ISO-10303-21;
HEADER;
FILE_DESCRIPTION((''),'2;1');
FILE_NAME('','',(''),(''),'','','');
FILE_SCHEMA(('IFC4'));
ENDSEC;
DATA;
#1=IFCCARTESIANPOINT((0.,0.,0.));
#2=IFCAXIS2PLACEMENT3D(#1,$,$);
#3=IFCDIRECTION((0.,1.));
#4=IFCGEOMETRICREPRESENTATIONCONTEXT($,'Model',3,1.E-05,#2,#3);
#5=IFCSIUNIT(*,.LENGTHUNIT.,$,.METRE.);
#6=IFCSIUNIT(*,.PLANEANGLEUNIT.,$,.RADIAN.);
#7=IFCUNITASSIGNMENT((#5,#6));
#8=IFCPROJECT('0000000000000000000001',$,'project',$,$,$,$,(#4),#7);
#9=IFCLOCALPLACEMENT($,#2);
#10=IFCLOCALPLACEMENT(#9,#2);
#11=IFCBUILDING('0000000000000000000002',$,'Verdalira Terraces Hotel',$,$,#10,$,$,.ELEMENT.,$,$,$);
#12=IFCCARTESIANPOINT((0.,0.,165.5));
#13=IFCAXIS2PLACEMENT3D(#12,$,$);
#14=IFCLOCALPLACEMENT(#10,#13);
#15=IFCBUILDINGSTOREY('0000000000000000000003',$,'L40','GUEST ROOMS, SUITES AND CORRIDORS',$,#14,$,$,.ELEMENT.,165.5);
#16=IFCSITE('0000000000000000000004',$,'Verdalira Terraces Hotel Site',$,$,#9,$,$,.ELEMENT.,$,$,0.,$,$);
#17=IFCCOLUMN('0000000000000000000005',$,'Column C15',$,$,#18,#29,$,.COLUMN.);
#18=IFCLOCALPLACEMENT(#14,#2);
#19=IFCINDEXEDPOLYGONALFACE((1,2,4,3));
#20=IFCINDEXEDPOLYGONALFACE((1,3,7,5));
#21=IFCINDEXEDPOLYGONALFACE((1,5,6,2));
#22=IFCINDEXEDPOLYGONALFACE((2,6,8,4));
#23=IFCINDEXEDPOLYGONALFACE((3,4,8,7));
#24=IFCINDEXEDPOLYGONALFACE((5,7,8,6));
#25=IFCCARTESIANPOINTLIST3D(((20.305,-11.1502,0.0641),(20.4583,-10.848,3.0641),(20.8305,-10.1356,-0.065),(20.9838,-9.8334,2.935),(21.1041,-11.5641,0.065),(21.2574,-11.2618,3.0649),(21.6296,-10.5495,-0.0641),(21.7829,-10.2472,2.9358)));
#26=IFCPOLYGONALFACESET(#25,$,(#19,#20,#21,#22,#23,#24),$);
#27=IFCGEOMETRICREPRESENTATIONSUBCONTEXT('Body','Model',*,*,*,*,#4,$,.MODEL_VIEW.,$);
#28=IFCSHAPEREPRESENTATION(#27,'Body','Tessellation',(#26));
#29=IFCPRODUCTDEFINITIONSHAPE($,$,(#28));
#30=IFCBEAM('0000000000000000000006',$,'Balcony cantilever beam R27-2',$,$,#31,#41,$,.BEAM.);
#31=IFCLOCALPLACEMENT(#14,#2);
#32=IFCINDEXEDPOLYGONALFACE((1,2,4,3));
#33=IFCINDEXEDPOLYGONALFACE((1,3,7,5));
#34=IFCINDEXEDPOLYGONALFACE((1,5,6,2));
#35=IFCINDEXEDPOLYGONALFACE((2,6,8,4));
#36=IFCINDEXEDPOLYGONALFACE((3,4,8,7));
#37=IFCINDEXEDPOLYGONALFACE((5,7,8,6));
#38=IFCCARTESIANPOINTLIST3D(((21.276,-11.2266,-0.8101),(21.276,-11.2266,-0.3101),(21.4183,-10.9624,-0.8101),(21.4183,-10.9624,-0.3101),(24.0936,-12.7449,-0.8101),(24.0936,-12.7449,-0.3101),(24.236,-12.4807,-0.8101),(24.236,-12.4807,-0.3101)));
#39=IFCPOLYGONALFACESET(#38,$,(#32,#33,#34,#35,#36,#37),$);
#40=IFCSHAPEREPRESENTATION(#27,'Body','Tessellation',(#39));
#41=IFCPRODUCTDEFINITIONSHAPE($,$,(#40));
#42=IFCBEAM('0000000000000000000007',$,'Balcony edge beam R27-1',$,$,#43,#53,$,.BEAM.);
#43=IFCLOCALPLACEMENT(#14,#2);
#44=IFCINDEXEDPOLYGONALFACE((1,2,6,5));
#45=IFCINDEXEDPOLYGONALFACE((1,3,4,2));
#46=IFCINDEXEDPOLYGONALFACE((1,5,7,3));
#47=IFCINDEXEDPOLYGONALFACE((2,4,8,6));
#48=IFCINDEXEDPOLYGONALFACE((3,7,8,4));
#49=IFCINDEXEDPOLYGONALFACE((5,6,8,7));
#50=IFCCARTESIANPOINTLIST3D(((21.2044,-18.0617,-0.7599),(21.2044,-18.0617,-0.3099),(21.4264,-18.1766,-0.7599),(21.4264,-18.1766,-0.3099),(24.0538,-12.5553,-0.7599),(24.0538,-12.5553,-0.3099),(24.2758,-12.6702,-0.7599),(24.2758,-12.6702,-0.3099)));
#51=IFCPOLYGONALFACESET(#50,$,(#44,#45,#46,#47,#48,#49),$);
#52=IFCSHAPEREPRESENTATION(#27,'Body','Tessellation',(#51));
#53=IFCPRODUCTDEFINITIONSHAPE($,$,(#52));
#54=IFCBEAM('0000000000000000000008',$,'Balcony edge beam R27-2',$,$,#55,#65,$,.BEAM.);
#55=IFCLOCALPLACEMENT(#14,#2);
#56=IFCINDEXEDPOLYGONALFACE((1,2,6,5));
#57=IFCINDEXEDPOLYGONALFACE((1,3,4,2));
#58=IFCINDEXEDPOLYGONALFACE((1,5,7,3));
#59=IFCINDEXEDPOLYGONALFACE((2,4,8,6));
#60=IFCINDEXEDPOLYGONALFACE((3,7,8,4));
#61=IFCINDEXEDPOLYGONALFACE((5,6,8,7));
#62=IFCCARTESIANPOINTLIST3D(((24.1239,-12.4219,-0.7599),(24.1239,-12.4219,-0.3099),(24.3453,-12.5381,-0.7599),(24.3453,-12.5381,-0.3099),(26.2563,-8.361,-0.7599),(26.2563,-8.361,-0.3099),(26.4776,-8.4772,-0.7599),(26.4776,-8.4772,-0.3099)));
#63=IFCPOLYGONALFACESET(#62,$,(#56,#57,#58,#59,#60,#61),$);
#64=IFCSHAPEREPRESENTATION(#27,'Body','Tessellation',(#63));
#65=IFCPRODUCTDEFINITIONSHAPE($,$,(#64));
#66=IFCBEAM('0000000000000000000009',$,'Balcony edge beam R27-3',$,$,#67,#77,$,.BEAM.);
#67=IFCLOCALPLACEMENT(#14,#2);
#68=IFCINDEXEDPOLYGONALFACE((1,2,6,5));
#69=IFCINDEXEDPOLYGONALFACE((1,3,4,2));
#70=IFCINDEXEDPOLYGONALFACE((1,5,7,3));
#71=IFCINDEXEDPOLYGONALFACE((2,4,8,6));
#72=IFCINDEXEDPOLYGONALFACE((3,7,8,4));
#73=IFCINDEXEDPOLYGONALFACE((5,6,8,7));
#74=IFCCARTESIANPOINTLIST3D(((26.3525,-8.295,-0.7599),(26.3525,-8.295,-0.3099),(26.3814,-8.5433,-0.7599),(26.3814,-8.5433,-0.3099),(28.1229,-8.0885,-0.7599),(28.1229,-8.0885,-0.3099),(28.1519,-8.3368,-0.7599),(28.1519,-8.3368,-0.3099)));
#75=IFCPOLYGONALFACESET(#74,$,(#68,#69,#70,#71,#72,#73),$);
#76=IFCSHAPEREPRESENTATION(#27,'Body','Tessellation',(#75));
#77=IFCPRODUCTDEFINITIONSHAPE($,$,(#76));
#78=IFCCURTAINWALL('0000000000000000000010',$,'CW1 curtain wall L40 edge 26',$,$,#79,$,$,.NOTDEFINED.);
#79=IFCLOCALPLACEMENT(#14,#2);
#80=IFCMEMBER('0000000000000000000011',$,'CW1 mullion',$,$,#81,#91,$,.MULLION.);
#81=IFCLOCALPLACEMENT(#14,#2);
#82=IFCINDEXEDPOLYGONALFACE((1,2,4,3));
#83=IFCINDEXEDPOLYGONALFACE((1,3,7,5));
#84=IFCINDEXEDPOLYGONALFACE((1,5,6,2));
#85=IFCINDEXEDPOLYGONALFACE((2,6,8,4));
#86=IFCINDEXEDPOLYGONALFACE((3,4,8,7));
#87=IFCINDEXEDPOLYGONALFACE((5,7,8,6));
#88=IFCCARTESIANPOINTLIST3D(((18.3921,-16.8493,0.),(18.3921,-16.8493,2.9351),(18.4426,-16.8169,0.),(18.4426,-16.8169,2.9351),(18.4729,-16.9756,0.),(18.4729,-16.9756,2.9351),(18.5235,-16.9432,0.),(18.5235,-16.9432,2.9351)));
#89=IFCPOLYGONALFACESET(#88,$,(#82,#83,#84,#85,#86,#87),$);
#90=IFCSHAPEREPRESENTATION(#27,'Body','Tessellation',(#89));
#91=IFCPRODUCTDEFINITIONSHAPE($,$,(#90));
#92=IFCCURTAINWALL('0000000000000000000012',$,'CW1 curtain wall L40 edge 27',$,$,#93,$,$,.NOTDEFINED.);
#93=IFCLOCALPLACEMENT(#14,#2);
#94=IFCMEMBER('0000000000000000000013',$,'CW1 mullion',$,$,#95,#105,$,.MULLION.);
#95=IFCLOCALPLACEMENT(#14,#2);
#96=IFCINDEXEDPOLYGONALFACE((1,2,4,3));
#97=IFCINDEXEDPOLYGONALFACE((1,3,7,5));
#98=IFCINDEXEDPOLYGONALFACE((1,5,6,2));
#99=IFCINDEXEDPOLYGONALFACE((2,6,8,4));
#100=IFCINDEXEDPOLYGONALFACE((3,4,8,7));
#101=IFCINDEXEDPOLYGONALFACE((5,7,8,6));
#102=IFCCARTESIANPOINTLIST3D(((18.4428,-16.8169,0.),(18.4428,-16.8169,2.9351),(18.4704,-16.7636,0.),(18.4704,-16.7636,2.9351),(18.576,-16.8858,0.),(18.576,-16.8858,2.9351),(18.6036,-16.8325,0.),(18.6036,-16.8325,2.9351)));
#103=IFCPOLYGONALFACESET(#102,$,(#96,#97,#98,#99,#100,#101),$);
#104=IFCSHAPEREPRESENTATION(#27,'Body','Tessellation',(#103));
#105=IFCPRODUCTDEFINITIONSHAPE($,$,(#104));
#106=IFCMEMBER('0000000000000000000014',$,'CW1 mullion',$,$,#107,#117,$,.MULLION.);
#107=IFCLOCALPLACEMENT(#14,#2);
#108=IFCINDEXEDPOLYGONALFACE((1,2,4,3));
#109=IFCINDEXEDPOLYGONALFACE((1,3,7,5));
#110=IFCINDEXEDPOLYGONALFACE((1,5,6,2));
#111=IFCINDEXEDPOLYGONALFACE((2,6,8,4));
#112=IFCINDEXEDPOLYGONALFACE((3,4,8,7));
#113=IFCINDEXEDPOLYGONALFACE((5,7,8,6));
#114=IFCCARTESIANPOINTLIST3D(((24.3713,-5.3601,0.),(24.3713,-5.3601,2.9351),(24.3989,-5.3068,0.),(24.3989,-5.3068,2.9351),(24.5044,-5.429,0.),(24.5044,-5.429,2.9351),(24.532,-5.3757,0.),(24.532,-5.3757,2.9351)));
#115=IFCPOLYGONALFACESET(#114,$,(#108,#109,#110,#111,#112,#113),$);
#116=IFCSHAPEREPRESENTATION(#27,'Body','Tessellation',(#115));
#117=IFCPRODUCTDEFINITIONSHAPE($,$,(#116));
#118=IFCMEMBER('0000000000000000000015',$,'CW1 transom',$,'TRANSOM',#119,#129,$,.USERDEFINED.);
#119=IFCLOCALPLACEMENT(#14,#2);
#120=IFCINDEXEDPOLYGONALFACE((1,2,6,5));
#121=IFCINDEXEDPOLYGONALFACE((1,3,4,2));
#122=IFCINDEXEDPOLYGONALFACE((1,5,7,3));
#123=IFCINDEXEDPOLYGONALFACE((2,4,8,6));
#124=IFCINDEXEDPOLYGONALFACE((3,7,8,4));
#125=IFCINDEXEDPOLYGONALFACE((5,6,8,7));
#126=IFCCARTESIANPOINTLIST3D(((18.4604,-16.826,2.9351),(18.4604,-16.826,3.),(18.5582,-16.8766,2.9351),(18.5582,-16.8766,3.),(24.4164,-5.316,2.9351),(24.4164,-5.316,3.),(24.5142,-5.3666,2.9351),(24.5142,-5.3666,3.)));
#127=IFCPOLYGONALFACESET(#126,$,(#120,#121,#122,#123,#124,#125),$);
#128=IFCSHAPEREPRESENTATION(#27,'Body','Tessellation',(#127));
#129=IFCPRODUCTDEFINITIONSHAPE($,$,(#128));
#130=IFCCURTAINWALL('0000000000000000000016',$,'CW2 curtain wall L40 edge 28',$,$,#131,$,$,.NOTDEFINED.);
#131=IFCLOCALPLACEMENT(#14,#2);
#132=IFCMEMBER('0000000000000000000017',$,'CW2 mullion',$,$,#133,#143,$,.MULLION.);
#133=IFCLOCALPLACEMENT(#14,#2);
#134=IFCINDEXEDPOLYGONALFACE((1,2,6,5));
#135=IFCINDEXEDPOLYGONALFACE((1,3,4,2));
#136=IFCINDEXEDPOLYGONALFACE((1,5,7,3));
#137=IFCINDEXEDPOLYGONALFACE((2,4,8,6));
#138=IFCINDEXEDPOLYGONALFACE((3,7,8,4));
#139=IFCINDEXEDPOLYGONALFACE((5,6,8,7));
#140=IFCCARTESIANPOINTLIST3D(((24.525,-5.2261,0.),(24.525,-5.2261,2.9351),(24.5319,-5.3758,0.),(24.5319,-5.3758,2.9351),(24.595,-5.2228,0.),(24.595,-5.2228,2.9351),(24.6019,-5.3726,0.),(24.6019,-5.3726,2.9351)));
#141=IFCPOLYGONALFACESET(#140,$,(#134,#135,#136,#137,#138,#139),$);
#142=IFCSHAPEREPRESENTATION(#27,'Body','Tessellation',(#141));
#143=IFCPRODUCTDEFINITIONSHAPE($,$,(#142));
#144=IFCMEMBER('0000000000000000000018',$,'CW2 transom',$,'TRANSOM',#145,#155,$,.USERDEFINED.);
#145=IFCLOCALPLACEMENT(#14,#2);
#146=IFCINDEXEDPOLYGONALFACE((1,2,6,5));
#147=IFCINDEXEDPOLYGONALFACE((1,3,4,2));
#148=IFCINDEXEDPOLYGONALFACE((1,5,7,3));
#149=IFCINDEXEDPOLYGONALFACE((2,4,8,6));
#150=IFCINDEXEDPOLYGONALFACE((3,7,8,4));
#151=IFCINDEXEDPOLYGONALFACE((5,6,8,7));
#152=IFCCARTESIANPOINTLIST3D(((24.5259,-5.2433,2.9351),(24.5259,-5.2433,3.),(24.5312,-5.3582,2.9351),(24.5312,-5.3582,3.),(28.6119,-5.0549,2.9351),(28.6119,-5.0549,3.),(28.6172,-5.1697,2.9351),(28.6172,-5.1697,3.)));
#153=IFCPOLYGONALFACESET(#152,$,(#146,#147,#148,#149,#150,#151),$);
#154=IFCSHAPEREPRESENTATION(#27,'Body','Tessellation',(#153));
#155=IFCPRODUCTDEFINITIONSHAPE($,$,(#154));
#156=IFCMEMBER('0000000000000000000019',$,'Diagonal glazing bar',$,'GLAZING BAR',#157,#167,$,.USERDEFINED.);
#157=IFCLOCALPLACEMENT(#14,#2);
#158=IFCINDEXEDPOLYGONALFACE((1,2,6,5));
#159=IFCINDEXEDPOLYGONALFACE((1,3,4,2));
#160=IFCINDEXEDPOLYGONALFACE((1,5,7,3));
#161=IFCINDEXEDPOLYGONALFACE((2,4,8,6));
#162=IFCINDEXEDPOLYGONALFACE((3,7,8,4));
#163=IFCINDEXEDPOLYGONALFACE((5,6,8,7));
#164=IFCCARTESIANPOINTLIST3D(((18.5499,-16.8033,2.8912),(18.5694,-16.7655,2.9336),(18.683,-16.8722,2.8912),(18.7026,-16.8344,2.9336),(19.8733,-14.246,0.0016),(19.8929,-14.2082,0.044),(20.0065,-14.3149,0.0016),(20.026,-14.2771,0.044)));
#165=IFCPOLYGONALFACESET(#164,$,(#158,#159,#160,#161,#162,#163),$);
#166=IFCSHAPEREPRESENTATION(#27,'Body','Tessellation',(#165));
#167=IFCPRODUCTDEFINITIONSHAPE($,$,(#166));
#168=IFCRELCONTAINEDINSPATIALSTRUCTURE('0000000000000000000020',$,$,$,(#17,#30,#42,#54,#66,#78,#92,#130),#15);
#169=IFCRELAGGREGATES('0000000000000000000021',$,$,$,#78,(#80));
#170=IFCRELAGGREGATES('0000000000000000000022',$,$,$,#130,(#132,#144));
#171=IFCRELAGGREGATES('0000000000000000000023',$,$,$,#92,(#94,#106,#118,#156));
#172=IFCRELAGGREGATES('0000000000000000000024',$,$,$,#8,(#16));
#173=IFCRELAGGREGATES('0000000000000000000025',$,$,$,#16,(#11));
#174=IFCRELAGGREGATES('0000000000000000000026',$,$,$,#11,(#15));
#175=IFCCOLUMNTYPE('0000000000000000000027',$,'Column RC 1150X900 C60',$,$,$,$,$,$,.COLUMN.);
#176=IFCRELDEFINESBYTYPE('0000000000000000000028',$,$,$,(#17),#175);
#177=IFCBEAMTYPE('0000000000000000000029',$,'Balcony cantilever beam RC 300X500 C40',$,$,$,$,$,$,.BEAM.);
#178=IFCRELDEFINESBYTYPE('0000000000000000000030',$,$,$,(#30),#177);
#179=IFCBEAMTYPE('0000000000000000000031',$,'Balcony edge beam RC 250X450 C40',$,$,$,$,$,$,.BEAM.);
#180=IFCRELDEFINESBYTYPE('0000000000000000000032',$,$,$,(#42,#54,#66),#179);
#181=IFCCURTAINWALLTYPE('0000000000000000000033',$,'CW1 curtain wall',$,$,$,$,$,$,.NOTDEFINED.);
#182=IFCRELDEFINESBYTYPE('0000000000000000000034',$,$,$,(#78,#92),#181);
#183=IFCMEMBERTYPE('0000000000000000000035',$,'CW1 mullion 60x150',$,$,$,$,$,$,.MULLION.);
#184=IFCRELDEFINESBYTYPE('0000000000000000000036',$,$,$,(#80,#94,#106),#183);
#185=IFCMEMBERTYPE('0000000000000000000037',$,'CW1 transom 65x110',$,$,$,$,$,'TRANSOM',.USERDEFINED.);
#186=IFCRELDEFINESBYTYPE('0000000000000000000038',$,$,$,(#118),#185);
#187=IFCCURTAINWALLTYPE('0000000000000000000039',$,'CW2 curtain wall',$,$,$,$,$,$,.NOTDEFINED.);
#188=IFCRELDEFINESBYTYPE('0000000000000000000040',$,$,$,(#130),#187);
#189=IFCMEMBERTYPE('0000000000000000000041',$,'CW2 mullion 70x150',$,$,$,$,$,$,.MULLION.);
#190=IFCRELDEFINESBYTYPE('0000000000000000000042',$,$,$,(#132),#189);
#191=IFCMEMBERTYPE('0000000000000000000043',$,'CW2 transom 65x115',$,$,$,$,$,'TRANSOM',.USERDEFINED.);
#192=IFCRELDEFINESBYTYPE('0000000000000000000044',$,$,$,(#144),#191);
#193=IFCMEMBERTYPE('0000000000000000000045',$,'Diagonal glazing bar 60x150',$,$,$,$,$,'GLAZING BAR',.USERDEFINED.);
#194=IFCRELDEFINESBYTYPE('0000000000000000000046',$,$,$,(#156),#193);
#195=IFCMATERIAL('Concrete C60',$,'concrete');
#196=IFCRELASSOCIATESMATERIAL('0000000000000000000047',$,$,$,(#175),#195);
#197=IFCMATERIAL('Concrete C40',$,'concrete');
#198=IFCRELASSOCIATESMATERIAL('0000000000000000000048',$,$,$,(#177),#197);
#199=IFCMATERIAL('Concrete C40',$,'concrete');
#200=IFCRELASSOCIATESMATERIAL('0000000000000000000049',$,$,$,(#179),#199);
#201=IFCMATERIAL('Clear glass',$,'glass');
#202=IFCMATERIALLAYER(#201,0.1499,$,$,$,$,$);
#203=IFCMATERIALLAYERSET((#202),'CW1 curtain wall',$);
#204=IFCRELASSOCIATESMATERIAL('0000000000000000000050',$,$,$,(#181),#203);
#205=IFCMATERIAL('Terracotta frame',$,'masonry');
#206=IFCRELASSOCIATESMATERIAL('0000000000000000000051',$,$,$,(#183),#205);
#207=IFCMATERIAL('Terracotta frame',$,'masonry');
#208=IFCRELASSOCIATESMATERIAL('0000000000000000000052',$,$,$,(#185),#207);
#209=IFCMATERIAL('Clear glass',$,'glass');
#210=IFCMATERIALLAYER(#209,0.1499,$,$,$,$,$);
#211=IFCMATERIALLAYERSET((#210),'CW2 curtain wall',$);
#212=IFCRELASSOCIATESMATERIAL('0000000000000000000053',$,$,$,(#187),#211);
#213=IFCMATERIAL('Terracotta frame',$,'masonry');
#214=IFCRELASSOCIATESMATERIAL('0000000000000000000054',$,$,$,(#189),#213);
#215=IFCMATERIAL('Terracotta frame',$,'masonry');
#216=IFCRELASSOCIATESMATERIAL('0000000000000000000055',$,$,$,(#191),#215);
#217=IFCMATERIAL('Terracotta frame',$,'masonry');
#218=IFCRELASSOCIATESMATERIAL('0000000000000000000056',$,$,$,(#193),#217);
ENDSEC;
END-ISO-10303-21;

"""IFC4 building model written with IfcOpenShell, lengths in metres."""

from ifc_helpers import new_model, si_unit, direction, frame, origin, origin_2d, place, context, subcontext, project, spatial, rectangle, extrude, material, layer, layer_set, material_profile, profile_set, type_object, element, aggregate, save


model = new_model("IFC4")

# Units and contexts
model_context = context("Model", 3, precision=1e-05, world=origin(), true_north=direction((0.0, 1.0)))
body_context = subcontext(model_context, "Body", "Model", "MODEL_VIEW")
ifc_project = project(units=[si_unit("LENGTHUNIT", "METRE"), si_unit("PLANEANGLEUNIT", "RADIAN")], contexts=[model_context])

# Site, building, storey
site_placement = place(None, origin())
site = spatial("IfcSite", under=ifc_project, at=site_placement, Name="Verdalira Terraces Hotel Site", CompositionType="ELEMENT", RefElevation=0.0)
building_placement = place(site_placement, origin())
building = spatial("IfcBuilding", under=site, at=building_placement, Name="Verdalira Terraces Hotel", CompositionType="ELEMENT")
storey_placement = place(building_placement, frame((0.0, 0.0, 165.5)))
storey = spatial("IfcBuildingStorey", under=building, at=storey_placement, Name="L40", Description="GUEST ROOMS, SUITES AND CORRIDORS", CompositionType="ELEMENT", Elevation=165.5)

# Column
ifc_material_1 = material(Name="Concrete C60", Category="concrete")
ifc_material_profile_1 = material_profile(ifc_material_1, rectangle(XDim=1.1499, YDim=0.8999, at=origin_2d()), Name="RC 1150X900")
ifc_profile_set_1 = profile_set([ifc_material_profile_1], Name="Concrete C60")
column_type = type_object("IfcColumnType", Name="Column RC 1150X900 C60", PredefinedType="COLUMN", material=ifc_profile_set_1)
column_placement = place(storey_placement, frame((20.9673, -10.8499, 0.0), z_axis=(0.050784, 0.100112, 0.993679), x_axis=(0.457037, 0.882336, -0.112252)))
element("IfcColumn", 1, at=column_placement, inside=storey, type_object=column_type, Name="Column C15", PredefinedType="COLUMN", context=body_context, shape_type="SweptSolid", body=[
    extrude(rectangle(XDim=1.1499, YDim=0.8999, at=origin_2d()), origin(), (0.0, 0.0, 1.0), 3.019),
])

# Beams
ifc_material_2 = material(Name="Concrete C40", Category="concrete")
ifc_material_profile_2 = material_profile(ifc_material_2, rectangle(XDim=0.3, YDim=0.5, at=origin_2d()), Name="RC 300X500")
ifc_profile_set_2 = profile_set([ifc_material_profile_2], Name="Concrete C40")
beam_type_1 = type_object("IfcBeamType", Name="Balcony cantilever beam RC 300X500 C40", PredefinedType="BEAM", material=ifc_profile_set_2)
beam_1_placement = place(storey_placement, frame((21.3472, -11.0945, -0.5601), z_axis=(0.880324, -0.474373, 0.0), x_axis=(0.474373, 0.880324, 0.0)))
element("IfcBeam", 2, at=beam_1_placement, inside=storey, type_object=beam_type_1, Name="Balcony cantilever beam R27-2", PredefinedType="BEAM", context=body_context, shape_type="SweptSolid", body=[
    extrude(rectangle(XDim=0.3, YDim=0.5, at=origin_2d()), origin(), (0.0, 0.0, 1.0), 3.2007),
])
ifc_material_3 = material(Name="Concrete C40", Category="concrete")
ifc_material_profile_3 = material_profile(ifc_material_3, rectangle(XDim=0.25, YDim=0.45, at=origin_2d()), Name="RC 250X450")
ifc_profile_set_3 = profile_set([ifc_material_profile_3], Name="Concrete C40")
beam_type_2 = type_object("IfcBeamType", Name="Balcony edge beam RC 250X450 C40", PredefinedType="BEAM", material=ifc_profile_set_3)
beam_2_placement = place(storey_placement, frame((21.3154, -18.1191, -0.5349), z_axis=(0.459583, 0.888135, 0.0), x_axis=(-0.888135, 0.459583, 0.0)))
element("IfcBeam", 3, at=beam_2_placement, inside=storey, type_object=beam_type_2, Name="Balcony edge beam R27-1", PredefinedType="BEAM", context=body_context, shape_type="SweptSolid", body=[
    extrude(rectangle(XDim=0.25, YDim=0.45, at=origin_2d()), origin(), (0.0, 0.0, 1.0), 6.2),
])
beam_3_placement = place(storey_placement, frame((24.2346, -12.48, -0.5349), z_axis=(0.464904, 0.885361, 0.0), x_axis=(-0.885361, 0.464904, 0.0)))
element("IfcBeam", 4, at=beam_3_placement, inside=storey, type_object=beam_type_2, Name="Balcony edge beam R27-2", PredefinedType="BEAM", context=body_context, shape_type="SweptSolid", body=[
    extrude(rectangle(XDim=0.25, YDim=0.45, at=origin_2d()), origin(), (0.0, 0.0, 1.0), 4.5867),
])
beam_4_placement = place(storey_placement, frame((26.3669, -8.4192, -0.5349), z_axis=(0.993264, 0.115872, 0.0), x_axis=(-0.115872, 0.993264, 0.0)))
element("IfcBeam", 5, at=beam_4_placement, inside=storey, type_object=beam_type_2, Name="Balcony edge beam R27-3", PredefinedType="BEAM", context=body_context, shape_type="SweptSolid", body=[
    extrude(rectangle(XDim=0.25, YDim=0.45, at=origin_2d()), origin(), (0.0, 0.0, 1.0), 1.7825),
])

# Curtain wall, member
ifc_material_4 = material(Name="Clear glass", Category="glass")
ifc_layer_1 = layer(ifc_material_4, 0.1499)
ifc_layer_set_1 = layer_set([ifc_layer_1], Name="CW1 curtain wall")
curtain_wall_type_1 = type_object("IfcCurtainWallType", Name="CW1 curtain wall", PredefinedType="NOTDEFINED", material=ifc_layer_set_1)
curtain_wall_1_placement = place(storey_placement, origin())
curtain_wall_1 = element("IfcCurtainWall", 6, at=curtain_wall_1_placement, inside=storey, type_object=curtain_wall_type_1, Name="CW1 curtain wall L40 edge 26", PredefinedType="NOTDEFINED")
ifc_material_5 = material(Name="Terracotta frame", Category="masonry")
ifc_material_profile_4 = material_profile(ifc_material_5, rectangle(XDim=0.0601, YDim=0.1499, at=origin_2d()), Name="MU 60x150")
ifc_profile_set_4 = profile_set([ifc_material_profile_4], Name="Terracotta frame")
member_type_1 = type_object("IfcMemberType", Name="CW1 mullion 60x150", PredefinedType="MULLION", material=ifc_profile_set_4)
member_1_placement = place(storey_placement, frame((18.4578, -16.8962, 0.0), z_axis=(0.0, 0.0, 1.0), x_axis=(0.842076, 0.539359, 0.0)))
member_1 = element("IfcMember", 7, at=member_1_placement, type_object=member_type_1, Name="CW1 mullion", PredefinedType="MULLION", context=body_context, shape_type="SweptSolid", body=[
    extrude(rectangle(XDim=0.0601, YDim=0.1499, at=origin_2d()), origin(), (0.0, 0.0, 1.0), 2.9351),
])
aggregate(curtain_wall_1, [member_1])

# Curtain walls, members
curtain_wall_2_placement = place(storey_placement, origin())
curtain_wall_2 = element("IfcCurtainWall", 8, at=curtain_wall_2_placement, inside=storey, type_object=curtain_wall_type_1, Name="CW1 curtain wall L40 edge 27", PredefinedType="NOTDEFINED")
member_2_placement = place(storey_placement, frame((18.5232, -16.8247, 0.0), z_axis=(0.0, 0.0, 1.0), x_axis=(0.45958, 0.888136, 0.0)))
member_2 = element("IfcMember", 9, at=member_2_placement, type_object=member_type_1, Name="CW1 mullion", PredefinedType="MULLION", context=body_context, shape_type="SweptSolid", body=[
    extrude(rectangle(XDim=0.0601, YDim=0.1499, at=origin_2d()), origin(), (0.0, 0.0, 1.0), 2.9351),
])
member_3_placement = place(storey_placement, frame((24.4517, -5.3679, 0.0), z_axis=(0.0, 0.0, 1.0), x_axis=(0.45958, 0.888136, 0.0)))
member_3 = element("IfcMember", 10, at=member_3_placement, type_object=member_type_1, Name="CW1 mullion", PredefinedType="MULLION", context=body_context, shape_type="SweptSolid", body=[
    extrude(rectangle(XDim=0.0601, YDim=0.1499, at=origin_2d()), origin(), (0.0, 0.0, 1.0), 2.9351),
])
ifc_material_6 = material(Name="Terracotta frame", Category="masonry")
ifc_material_profile_5 = material_profile(ifc_material_6, rectangle(XDim=0.1101, YDim=0.0649, at=origin_2d()), Name="TR 65x110")
ifc_profile_set_5 = profile_set([ifc_material_profile_5], Name="Terracotta frame")
member_type_2 = type_object("IfcMemberType", Name="CW1 transom 65x110", ElementType="TRANSOM", PredefinedType="USERDEFINED", material=ifc_profile_set_5)
member_4_placement = place(storey_placement, frame((18.5093, -16.8513, 2.9675), z_axis=(0.459581, 0.888136, 0.0), x_axis=(-0.888136, 0.459581, 0.0)))
member_4 = element("IfcMember", 11, at=member_4_placement, type_object=member_type_2, Name="CW1 transom", ObjectType="TRANSOM", PredefinedType="USERDEFINED", context=body_context, shape_type="SweptSolid", body=[
    extrude(rectangle(XDim=0.1101, YDim=0.0649, at=origin_2d()), origin(), (0.0, 0.0, 1.0), 12.9597),
])
ifc_material_7 = material(Name="Clear glass", Category="glass")
ifc_layer_2 = layer(ifc_material_7, 0.1499)
ifc_layer_set_2 = layer_set([ifc_layer_2], Name="CW2 curtain wall")
curtain_wall_type_2 = type_object("IfcCurtainWallType", Name="CW2 curtain wall", PredefinedType="NOTDEFINED", material=ifc_layer_set_2)
curtain_wall_3_placement = place(storey_placement, origin())
curtain_wall_3 = element("IfcCurtainWall", 12, at=curtain_wall_3_placement, inside=storey, type_object=curtain_wall_type_2, Name="CW2 curtain wall L40 edge 28", PredefinedType="NOTDEFINED")
ifc_material_8 = material(Name="Terracotta frame", Category="masonry")
ifc_material_profile_6 = material_profile(ifc_material_8, rectangle(XDim=0.0701, YDim=0.1499, at=origin_2d()), Name="MU 70x150")
ifc_profile_set_6 = profile_set([ifc_material_profile_6], Name="Terracotta frame")
member_type_3 = type_object("IfcMemberType", Name="CW2 mullion 70x150", PredefinedType="MULLION", material=ifc_profile_set_6)
member_5_placement = place(storey_placement, frame((24.5635, -5.2993, 0.0), z_axis=(0.0, 0.0, 1.0), x_axis=(0.998939, 0.04606, 0.0)))
member_5 = element("IfcMember", 13, at=member_5_placement, type_object=member_type_3, Name="CW2 mullion", PredefinedType="MULLION", context=body_context, shape_type="SweptSolid", body=[
    extrude(rectangle(XDim=0.0701, YDim=0.1499, at=origin_2d()), origin(), (0.0, 0.0, 1.0), 2.9351),
])
ifc_material_9 = material(Name="Terracotta frame", Category="masonry")
ifc_material_profile_7 = material_profile(ifc_material_9, rectangle(XDim=0.115, YDim=0.0649, at=origin_2d()), Name="TR 65x115")
ifc_profile_set_7 = profile_set([ifc_material_profile_7], Name="Terracotta frame")
member_type_4 = type_object("IfcMemberType", Name="CW2 transom 65x115", ElementType="TRANSOM", PredefinedType="USERDEFINED", material=ifc_profile_set_7)
member_6_placement = place(storey_placement, frame((24.5286, -5.3008, 2.9675), z_axis=(0.998938, 0.046079, 0.0), x_axis=(-0.046079, 0.998938, 0.0)))
member_6 = element("IfcMember", 14, at=member_6_placement, type_object=member_type_4, Name="CW2 transom", ObjectType="TRANSOM", PredefinedType="USERDEFINED", context=body_context, shape_type="SweptSolid", body=[
    extrude(rectangle(XDim=0.115, YDim=0.0649, at=origin_2d()), origin(), (0.0, 0.0, 1.0), 4.0903),
])
aggregate(curtain_wall_3, [member_5, member_6])

# Member
ifc_material_10 = material(Name="Terracotta frame", Category="masonry")
ifc_material_profile_8 = material_profile(ifc_material_10, rectangle(XDim=0.1499, YDim=0.0601, at=origin_2d()), Name="GB 60x150")
ifc_profile_set_8 = profile_set([ifc_material_profile_8], Name="Terracotta frame")
member_type_5 = type_object("IfcMemberType", Name="Diagonal glazing bar 60x150", ElementType="GLAZING BAR", PredefinedType="USERDEFINED", material=ifc_profile_set_8)
member_7_placement = place(storey_placement, frame((18.6262, -16.8188, 2.9124), z_axis=(0.324428, 0.626893, -0.708344), x_axis=(-0.888117, 0.459617, 0.0)))
member_7 = element("IfcMember", 15, at=member_7_placement, type_object=member_type_5, Name="Diagonal glazing bar", ObjectType="GLAZING BAR", PredefinedType="USERDEFINED", context=body_context, shape_type="SweptSolid", body=[
    extrude(rectangle(XDim=0.1499, YDim=0.0601, at=origin_2d()), origin(), (0.0, 0.0, 1.0), 4.0793),
])

aggregate(curtain_wall_2, [member_2, member_3, member_4, member_7])

save(model, "model.ifc")
